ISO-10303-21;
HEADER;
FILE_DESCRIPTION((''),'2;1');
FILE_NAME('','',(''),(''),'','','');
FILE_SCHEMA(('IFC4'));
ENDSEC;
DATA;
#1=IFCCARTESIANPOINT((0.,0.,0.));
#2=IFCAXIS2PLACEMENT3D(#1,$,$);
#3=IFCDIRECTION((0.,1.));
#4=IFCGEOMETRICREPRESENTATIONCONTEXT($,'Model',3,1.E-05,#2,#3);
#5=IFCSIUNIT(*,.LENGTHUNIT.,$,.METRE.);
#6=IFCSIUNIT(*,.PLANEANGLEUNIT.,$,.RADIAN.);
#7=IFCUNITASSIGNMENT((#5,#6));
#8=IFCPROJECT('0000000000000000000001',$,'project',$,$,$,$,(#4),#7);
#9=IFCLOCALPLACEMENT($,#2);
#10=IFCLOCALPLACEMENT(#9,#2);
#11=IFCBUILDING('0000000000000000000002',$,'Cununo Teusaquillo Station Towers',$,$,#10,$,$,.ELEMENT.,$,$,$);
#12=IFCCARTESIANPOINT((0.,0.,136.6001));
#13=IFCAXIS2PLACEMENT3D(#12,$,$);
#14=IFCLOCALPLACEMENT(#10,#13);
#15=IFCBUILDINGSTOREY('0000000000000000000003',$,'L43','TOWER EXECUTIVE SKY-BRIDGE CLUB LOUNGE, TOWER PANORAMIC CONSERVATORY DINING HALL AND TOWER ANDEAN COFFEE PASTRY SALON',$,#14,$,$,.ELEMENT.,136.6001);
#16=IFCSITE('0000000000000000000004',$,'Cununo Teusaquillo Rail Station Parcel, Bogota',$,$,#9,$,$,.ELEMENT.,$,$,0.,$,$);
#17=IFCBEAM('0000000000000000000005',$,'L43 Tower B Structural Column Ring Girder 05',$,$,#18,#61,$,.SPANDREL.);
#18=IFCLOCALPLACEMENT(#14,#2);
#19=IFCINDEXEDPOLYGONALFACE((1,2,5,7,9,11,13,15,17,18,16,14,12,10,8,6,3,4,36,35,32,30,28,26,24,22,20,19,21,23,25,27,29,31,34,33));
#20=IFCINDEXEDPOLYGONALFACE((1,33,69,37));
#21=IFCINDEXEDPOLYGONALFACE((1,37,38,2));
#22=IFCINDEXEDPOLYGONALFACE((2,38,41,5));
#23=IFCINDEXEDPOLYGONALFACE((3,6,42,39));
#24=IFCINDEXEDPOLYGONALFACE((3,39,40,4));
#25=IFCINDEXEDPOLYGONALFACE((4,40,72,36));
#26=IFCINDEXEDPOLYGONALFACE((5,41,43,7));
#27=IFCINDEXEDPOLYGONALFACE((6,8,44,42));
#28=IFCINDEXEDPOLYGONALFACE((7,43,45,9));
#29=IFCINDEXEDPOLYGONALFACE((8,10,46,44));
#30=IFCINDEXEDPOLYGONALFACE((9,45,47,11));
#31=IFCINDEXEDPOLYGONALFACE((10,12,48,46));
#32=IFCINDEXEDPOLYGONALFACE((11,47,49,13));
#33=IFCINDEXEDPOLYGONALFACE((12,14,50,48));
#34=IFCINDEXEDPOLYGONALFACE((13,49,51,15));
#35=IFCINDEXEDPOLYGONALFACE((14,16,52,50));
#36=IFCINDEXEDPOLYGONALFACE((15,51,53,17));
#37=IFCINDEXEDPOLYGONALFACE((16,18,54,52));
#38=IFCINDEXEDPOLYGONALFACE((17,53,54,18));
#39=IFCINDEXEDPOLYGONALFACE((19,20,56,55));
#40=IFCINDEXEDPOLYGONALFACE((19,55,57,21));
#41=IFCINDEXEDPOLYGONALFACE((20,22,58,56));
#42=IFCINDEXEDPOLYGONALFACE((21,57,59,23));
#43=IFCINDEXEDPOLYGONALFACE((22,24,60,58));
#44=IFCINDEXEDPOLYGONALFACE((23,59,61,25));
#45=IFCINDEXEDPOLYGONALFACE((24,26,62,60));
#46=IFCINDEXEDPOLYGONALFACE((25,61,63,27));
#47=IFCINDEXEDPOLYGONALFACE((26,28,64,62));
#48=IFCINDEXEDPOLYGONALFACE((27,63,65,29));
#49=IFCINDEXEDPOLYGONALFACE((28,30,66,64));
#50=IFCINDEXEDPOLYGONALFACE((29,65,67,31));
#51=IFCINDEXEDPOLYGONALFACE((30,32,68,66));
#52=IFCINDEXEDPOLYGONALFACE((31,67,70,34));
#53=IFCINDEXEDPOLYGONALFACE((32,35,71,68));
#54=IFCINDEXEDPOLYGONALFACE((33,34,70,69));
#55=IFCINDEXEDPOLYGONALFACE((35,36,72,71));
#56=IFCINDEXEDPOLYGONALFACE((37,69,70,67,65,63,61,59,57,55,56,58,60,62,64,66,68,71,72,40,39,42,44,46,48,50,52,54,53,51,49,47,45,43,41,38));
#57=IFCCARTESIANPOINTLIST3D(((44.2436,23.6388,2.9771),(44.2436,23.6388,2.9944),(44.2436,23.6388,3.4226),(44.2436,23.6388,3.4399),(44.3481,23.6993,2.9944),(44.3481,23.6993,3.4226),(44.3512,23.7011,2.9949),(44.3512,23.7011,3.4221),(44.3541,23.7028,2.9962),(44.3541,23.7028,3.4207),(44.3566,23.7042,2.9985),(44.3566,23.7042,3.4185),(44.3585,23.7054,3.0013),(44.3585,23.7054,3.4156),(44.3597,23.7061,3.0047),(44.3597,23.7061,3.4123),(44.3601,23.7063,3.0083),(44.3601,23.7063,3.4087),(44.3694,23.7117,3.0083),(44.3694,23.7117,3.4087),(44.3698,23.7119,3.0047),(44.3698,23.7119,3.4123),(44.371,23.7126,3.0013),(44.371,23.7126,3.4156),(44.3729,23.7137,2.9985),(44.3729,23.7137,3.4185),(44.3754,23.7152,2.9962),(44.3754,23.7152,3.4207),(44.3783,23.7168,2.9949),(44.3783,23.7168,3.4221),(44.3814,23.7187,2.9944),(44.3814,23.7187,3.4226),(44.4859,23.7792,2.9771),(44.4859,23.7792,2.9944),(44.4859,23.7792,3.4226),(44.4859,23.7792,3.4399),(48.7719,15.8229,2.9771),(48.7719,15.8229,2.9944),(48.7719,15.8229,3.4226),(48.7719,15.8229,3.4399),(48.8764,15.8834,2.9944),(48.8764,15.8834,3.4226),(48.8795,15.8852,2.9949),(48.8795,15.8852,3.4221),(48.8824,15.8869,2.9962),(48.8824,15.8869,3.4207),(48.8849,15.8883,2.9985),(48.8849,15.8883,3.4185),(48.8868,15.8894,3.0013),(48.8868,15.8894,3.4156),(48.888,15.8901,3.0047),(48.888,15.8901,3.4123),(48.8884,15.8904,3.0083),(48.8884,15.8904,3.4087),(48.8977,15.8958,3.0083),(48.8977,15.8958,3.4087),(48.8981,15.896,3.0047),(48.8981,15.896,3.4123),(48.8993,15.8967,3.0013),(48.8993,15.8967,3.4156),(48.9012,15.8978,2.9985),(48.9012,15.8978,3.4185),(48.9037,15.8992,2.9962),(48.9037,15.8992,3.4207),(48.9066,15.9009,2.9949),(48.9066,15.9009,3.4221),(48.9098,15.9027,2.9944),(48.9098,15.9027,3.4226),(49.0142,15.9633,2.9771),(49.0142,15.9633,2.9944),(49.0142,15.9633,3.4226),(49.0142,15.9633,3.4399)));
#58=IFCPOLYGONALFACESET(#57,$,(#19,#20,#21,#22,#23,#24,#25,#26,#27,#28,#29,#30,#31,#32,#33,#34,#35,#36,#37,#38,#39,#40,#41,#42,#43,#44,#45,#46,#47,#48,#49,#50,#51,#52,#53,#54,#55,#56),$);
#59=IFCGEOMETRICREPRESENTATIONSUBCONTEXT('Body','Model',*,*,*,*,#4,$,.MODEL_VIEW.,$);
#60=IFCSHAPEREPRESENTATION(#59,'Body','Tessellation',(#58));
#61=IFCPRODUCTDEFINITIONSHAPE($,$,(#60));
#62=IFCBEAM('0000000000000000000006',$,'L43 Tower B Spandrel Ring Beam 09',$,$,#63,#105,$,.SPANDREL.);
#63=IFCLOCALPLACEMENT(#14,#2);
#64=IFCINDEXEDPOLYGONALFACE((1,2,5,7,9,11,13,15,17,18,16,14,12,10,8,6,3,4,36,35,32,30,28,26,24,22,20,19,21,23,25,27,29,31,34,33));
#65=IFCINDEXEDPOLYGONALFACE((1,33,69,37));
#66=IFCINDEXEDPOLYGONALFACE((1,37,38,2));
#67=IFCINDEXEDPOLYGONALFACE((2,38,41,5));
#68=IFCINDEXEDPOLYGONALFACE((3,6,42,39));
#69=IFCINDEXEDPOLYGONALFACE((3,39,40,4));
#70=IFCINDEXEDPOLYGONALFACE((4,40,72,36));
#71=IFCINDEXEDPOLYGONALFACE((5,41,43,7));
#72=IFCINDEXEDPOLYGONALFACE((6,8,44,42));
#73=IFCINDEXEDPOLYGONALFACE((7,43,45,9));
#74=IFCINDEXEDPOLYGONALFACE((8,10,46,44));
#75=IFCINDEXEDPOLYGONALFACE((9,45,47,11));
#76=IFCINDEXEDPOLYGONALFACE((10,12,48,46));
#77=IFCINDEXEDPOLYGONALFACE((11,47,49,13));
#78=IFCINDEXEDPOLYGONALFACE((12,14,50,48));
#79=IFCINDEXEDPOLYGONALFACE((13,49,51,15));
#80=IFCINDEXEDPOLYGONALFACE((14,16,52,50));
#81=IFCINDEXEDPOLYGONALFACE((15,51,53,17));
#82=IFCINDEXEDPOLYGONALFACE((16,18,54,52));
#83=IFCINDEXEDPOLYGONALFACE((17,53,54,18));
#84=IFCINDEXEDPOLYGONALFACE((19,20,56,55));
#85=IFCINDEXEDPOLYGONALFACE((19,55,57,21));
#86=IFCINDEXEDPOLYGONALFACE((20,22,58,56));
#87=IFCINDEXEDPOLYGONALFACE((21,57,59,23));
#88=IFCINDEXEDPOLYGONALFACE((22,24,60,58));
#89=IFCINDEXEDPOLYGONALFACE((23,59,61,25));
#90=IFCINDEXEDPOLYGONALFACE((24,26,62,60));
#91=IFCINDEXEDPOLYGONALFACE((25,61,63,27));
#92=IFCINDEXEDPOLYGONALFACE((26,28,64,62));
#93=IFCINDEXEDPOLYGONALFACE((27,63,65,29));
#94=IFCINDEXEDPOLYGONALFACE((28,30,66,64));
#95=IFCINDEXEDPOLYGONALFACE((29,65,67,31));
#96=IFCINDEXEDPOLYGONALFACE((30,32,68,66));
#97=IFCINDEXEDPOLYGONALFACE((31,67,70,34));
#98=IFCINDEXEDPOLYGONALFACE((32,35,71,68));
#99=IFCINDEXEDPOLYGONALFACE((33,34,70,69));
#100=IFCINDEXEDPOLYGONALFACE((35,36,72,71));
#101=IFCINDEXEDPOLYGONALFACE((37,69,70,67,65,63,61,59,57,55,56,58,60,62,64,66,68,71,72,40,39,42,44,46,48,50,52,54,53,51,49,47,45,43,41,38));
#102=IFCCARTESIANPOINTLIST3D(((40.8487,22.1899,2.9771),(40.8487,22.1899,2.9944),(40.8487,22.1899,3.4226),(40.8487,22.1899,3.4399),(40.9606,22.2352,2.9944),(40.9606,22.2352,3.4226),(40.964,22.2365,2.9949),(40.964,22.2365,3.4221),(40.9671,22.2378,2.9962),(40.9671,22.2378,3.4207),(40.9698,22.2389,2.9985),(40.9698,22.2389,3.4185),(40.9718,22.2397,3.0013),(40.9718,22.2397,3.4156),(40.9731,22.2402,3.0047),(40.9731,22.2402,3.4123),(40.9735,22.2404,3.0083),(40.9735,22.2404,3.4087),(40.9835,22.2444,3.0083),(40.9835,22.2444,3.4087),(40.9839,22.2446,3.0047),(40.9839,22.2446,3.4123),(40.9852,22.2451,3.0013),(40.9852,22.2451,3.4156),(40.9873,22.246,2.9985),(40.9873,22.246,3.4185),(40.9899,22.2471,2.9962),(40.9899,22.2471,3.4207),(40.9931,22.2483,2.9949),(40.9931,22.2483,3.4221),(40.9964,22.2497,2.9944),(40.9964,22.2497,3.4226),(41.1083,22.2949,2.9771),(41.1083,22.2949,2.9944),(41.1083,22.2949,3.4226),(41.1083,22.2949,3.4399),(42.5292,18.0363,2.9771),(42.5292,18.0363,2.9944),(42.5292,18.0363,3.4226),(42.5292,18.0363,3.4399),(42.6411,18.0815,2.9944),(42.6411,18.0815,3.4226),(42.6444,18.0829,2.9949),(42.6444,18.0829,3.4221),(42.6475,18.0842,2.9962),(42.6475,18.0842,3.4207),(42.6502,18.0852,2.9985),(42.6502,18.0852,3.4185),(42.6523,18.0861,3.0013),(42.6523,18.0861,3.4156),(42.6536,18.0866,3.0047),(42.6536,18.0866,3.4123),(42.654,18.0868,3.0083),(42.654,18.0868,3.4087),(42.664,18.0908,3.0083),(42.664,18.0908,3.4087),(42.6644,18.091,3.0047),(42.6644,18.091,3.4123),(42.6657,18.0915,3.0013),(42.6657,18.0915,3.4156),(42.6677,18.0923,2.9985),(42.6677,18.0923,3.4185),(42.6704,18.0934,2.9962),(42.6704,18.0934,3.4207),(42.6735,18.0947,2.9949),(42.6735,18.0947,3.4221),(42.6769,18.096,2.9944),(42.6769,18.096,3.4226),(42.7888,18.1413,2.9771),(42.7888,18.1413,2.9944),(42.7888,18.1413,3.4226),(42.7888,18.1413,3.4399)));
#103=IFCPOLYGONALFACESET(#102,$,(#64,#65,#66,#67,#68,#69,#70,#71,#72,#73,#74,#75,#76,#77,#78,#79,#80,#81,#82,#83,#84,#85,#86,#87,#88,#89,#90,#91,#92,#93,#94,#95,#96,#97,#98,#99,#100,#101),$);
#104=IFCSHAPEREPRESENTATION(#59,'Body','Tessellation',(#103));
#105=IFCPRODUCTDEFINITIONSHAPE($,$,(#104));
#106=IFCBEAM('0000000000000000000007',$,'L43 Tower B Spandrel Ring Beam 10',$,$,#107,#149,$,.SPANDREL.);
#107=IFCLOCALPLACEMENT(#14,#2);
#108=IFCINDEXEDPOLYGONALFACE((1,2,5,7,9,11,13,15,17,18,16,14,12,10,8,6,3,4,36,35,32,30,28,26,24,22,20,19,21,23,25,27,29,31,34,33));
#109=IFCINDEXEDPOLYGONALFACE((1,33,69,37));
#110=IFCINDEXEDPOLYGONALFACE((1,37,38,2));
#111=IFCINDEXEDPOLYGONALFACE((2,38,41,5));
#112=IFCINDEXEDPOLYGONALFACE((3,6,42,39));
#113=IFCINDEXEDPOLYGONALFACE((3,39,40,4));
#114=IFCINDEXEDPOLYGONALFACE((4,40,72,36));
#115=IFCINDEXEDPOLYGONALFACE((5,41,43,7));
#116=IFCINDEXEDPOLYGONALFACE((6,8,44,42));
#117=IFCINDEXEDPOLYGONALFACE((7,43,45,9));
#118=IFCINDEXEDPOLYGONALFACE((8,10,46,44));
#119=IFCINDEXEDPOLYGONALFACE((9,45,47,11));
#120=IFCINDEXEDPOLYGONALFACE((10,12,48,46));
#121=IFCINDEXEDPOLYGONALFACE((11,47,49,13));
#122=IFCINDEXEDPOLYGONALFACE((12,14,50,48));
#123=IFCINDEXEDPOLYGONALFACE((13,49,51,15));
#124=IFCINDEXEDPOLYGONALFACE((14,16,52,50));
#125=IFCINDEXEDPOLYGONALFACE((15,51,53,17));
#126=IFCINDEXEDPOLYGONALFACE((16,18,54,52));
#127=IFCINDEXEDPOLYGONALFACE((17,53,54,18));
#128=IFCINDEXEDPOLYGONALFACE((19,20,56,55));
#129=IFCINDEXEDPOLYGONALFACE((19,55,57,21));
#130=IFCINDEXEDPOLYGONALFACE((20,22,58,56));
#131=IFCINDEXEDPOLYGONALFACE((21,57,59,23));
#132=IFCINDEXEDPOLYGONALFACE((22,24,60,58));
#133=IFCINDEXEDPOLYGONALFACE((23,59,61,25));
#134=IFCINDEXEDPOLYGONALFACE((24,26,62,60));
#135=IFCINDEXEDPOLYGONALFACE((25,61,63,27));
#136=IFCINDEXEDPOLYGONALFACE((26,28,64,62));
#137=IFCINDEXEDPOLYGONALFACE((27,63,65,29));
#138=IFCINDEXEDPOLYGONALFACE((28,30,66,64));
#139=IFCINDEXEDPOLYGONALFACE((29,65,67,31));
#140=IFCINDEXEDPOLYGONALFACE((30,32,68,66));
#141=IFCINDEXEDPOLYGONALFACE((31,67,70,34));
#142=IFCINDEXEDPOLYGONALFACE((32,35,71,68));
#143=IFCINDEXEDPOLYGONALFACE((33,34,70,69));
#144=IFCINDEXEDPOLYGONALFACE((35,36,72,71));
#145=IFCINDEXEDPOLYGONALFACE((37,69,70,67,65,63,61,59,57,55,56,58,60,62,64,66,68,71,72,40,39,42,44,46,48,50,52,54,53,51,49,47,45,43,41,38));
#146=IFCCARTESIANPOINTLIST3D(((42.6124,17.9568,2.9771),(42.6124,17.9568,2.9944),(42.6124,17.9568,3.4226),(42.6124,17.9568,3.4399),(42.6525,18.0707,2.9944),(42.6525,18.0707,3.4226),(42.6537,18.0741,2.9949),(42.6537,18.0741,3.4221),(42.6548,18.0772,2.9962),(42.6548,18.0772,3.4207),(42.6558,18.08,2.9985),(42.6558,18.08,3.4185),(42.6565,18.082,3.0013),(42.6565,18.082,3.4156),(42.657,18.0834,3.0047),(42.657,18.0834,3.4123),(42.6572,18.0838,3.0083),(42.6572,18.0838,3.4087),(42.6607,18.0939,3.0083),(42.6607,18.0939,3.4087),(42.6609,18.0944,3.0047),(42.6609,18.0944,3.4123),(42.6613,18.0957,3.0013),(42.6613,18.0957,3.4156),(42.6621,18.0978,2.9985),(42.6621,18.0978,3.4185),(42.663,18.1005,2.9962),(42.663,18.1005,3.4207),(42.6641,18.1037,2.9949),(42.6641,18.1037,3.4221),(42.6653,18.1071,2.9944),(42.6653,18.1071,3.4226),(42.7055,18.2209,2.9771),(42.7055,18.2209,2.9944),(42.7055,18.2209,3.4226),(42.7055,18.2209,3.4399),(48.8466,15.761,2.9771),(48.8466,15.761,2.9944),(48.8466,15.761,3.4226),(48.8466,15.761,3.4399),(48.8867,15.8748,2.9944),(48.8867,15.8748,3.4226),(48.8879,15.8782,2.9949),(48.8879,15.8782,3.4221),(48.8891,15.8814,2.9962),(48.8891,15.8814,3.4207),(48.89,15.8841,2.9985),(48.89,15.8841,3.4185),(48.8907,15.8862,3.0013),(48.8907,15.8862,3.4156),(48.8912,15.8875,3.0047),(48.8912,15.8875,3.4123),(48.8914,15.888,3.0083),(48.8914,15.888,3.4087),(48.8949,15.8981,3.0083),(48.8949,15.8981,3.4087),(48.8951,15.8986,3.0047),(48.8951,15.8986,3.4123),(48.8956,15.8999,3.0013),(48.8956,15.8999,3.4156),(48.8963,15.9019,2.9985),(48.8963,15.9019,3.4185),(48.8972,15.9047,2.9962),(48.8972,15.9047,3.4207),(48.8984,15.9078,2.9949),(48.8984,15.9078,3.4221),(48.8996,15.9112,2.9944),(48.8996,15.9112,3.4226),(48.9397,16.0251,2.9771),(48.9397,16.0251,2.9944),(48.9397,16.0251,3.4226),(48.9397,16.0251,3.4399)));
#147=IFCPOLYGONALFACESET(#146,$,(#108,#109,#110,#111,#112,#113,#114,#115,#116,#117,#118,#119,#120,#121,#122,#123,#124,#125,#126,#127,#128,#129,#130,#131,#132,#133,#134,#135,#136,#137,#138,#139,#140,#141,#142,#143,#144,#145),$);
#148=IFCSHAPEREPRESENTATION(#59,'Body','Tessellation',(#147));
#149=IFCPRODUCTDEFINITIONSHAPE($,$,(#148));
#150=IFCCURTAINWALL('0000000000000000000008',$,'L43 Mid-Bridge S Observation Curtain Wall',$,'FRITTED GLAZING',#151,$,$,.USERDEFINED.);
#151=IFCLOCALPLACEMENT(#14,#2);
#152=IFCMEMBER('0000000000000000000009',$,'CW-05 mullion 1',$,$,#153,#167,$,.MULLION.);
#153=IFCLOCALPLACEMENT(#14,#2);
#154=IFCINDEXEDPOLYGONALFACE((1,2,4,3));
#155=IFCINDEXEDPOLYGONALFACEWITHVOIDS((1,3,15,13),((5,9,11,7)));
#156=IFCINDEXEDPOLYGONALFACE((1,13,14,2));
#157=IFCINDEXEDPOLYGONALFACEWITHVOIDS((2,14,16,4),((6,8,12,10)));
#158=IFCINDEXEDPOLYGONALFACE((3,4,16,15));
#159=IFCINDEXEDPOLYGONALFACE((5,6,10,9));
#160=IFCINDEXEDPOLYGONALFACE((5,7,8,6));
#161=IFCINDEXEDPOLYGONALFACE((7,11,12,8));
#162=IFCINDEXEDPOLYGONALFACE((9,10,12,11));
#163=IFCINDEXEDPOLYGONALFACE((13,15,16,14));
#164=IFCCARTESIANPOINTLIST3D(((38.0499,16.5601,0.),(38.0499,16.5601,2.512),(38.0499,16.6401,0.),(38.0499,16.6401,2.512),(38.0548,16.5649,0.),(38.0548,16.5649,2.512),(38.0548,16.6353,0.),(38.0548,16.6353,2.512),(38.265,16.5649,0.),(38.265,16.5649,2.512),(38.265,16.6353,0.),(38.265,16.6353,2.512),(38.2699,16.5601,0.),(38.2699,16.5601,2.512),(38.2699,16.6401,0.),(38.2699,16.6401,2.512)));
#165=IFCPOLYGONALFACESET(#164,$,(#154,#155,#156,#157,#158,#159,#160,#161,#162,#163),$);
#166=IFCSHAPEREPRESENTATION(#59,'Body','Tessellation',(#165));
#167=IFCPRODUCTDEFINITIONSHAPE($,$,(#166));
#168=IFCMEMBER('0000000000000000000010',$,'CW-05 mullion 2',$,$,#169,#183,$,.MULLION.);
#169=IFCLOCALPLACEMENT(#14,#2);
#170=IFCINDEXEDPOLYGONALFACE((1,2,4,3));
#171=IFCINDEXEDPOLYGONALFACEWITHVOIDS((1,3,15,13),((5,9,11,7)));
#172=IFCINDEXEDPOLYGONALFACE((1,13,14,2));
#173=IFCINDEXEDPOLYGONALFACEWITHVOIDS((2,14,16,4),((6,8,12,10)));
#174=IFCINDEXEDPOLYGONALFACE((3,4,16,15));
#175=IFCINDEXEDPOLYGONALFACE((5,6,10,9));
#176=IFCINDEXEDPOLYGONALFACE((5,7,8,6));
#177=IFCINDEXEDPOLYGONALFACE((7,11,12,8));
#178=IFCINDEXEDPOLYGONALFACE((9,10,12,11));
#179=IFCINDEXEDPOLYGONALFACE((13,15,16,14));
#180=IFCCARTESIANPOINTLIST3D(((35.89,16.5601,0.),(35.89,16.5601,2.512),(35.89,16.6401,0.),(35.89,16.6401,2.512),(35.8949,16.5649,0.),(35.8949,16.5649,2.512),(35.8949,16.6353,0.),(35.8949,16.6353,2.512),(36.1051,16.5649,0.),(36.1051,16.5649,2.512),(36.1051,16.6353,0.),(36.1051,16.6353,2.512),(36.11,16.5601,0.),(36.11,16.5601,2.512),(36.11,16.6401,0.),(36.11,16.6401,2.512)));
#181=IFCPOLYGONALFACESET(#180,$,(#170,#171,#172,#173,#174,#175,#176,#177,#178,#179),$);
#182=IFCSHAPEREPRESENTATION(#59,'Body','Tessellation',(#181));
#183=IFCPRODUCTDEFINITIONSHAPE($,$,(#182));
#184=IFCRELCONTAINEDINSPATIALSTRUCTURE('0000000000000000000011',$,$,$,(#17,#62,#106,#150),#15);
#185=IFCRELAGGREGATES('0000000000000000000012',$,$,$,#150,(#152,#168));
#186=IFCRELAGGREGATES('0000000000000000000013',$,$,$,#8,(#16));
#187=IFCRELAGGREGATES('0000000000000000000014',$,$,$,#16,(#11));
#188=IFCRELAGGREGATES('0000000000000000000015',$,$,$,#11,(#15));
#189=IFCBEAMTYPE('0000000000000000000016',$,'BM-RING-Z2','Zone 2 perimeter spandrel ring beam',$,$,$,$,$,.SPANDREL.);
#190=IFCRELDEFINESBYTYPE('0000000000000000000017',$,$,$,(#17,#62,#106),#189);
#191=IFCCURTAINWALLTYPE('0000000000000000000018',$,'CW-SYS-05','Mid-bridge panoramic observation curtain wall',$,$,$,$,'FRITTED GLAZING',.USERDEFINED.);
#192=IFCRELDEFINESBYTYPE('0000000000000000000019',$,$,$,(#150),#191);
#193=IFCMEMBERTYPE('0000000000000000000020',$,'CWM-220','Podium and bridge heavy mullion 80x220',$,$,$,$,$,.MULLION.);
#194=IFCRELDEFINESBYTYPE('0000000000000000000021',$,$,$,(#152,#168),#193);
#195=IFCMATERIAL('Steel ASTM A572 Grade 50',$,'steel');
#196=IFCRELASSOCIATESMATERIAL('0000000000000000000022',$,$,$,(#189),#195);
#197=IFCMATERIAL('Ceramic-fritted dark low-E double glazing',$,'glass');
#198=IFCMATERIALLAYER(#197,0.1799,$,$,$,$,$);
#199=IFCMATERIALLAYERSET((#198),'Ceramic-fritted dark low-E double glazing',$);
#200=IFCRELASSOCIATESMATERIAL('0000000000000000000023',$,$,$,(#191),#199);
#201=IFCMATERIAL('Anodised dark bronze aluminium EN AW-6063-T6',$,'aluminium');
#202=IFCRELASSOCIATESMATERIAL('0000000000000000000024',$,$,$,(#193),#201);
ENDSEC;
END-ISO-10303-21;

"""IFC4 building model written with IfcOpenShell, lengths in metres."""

from ifc_helpers import new_model, si_unit, direction, frame, origin, origin_2d, place, context, subcontext, project, spatial, hollow_rectangle, i_section, extrude, material, layer, layer_set, material_profile, profile_set, type_object, element, aggregate, save


model = new_model("IFC4")

# Units and contexts
model_context = context("Model", 3, precision=1e-05, world=origin(), true_north=direction((0.0, 1.0)))
body_context = subcontext(model_context, "Body", "Model", "MODEL_VIEW")
ifc_project = project(units=[si_unit("LENGTHUNIT", "METRE"), si_unit("PLANEANGLEUNIT", "RADIAN")], contexts=[model_context])

# Site, building, storey
site_placement = place(None, origin())
site = spatial("IfcSite", under=ifc_project, at=site_placement, Name="Cununo Teusaquillo Rail Station Parcel, Bogota", CompositionType="ELEMENT", RefElevation=0.0)
building_placement = place(site_placement, origin())
building = spatial("IfcBuilding", under=site, at=building_placement, Name="Cununo Teusaquillo Station Towers", CompositionType="ELEMENT")
storey_placement = place(building_placement, frame((0.0, 0.0, 136.6001)))
storey = spatial("IfcBuildingStorey", under=building, at=storey_placement, Name="L43", Description="TOWER EXECUTIVE SKY-BRIDGE CLUB LOUNGE, TOWER PANORAMIC CONSERVATORY DINING HALL AND TOWER ANDEAN COFFEE PASTRY SALON", CompositionType="ELEMENT", Elevation=136.6001)

# Beams
ifc_material_1 = material(Name="Steel ASTM A572 Grade 50", Category="steel")
ifc_material_profile_1 = material_profile(ifc_material_1, i_section(OverallWidth=0.28, OverallDepth=0.4629, WebThickness=0.0107, FlangeThickness=0.0173, FilletRadius=0.0139, at=origin_2d()), Name="W18X76")
ifc_profile_set_1 = profile_set([ifc_material_profile_1], Name="Steel ASTM A572 Grade 50")
beam_type_1 = type_object("IfcBeamType", Name="BM-RING-Z2", Description="Zone 2 perimeter spandrel ring beam", PredefinedType="SPANDREL", material=ifc_profile_set_1)
beam_1_placement = place(storey_placement, frame((44.3647, 23.709, 3.2085), z_axis=(0.501311, -0.865267, 0.0), x_axis=(0.865267, 0.501311, 0.0)))
element("IfcBeam", 1, at=beam_1_placement, inside=storey, type_object=beam_type_1, Name="L43 Tower B Structural Column Ring Girder 05", PredefinedType="SPANDREL", context=body_context, shape_type="SweptSolid", body=[
    extrude(i_section(OverallWidth=0.28, OverallDepth=0.4629, WebThickness=0.0107, FlangeThickness=0.0173, FilletRadius=0.0139, at=origin_2d()), origin(), (0.0, 0.0, 1.0), 9.033),
])
beam_2_placement = place(storey_placement, frame((40.9785, 22.2424, 3.2085), z_axis=(0.375042, -0.927008, 0.0), x_axis=(0.927008, 0.375042, 0.0)))
element("IfcBeam", 2, at=beam_2_placement, inside=storey, type_object=beam_type_1, Name="L43 Tower B Spandrel Ring Beam 09", PredefinedType="SPANDREL", context=body_context, shape_type="SweptSolid", body=[
    extrude(i_section(OverallWidth=0.28, OverallDepth=0.4629, WebThickness=0.0107, FlangeThickness=0.0173, FilletRadius=0.0139, at=origin_2d()), origin(), (0.0, 0.0, 1.0), 4.4807),
])
beam_3_placement = place(storey_placement, frame((42.6589, 18.0889, 3.2085), z_axis=(0.943203, -0.332217, 0.0), x_axis=(0.332217, 0.943203, 0.0)))
element("IfcBeam", 3, at=beam_3_placement, inside=storey, type_object=beam_type_1, Name="L43 Tower B Spandrel Ring Beam 10", PredefinedType="SPANDREL", context=body_context, shape_type="SweptSolid", body=[
    extrude(i_section(OverallWidth=0.28, OverallDepth=0.4629, WebThickness=0.0107, FlangeThickness=0.0173, FilletRadius=0.0139, at=origin_2d()), origin(), (0.0, 0.0, 1.0), 6.6096),
])

# Curtain wall, members
ifc_material_2 = material(Name="Ceramic-fritted dark low-E double glazing", Category="glass")
ifc_layer_1 = layer(ifc_material_2, 0.1799)
ifc_layer_set_1 = layer_set([ifc_layer_1], Name="Ceramic-fritted dark low-E double glazing")
curtain_wall_type = type_object("IfcCurtainWallType", Name="CW-SYS-05", Description="Mid-bridge panoramic observation curtain wall", ElementType="FRITTED GLAZING", PredefinedType="USERDEFINED", material=ifc_layer_set_1)
curtain_wall_placement = place(storey_placement, origin())
curtain_wall = element("IfcCurtainWall", 4, at=curtain_wall_placement, inside=storey, type_object=curtain_wall_type, Name="L43 Mid-Bridge S Observation Curtain Wall", ObjectType="FRITTED GLAZING", PredefinedType="USERDEFINED")
ifc_material_3 = material(Name="Anodised dark bronze aluminium EN AW-6063-T6", Category="aluminium")
ifc_material_profile_2 = material_profile(ifc_material_3, hollow_rectangle(XDim=0.0801, YDim=0.22, WallThickness=0.0049, at=origin_2d()), Name="CW-MULL-80x220")
ifc_profile_set_2 = profile_set([ifc_material_profile_2], Name="Anodised dark bronze aluminium EN AW-6063-T6")
member_type_1 = type_object("IfcMemberType", Name="CWM-220", Description="Podium and bridge heavy mullion 80x220", PredefinedType="MULLION", material=ifc_profile_set_2)
member_1_placement = place(storey_placement, frame((38.1599, 16.6001, 0.0), z_axis=(0.0, 0.0, 1.0), x_axis=(0.0, -1.0, 0.0)))
member_1 = element("IfcMember", 5, at=member_1_placement, type_object=member_type_1, Name="CW-05 mullion 1", PredefinedType="MULLION", context=body_context, shape_type="SweptSolid", body=[
    extrude(hollow_rectangle(XDim=0.0801, YDim=0.22, WallThickness=0.0049, at=origin_2d()), origin(), (0.0, 0.0, 1.0), 2.512),
])
member_2_placement = place(storey_placement, frame((36.0, 16.6001, 0.0), z_axis=(0.0, 0.0, 1.0), x_axis=(0.0, -1.0, 0.0)))
member_2 = element("IfcMember", 6, at=member_2_placement, type_object=member_type_1, Name="CW-05 mullion 2", PredefinedType="MULLION", context=body_context, shape_type="SweptSolid", body=[
    extrude(hollow_rectangle(XDim=0.0801, YDim=0.22, WallThickness=0.0049, at=origin_2d()), origin(), (0.0, 0.0, 1.0), 2.512),
])

aggregate(curtain_wall, [member_1, member_2])

save(model, "model.ifc")
